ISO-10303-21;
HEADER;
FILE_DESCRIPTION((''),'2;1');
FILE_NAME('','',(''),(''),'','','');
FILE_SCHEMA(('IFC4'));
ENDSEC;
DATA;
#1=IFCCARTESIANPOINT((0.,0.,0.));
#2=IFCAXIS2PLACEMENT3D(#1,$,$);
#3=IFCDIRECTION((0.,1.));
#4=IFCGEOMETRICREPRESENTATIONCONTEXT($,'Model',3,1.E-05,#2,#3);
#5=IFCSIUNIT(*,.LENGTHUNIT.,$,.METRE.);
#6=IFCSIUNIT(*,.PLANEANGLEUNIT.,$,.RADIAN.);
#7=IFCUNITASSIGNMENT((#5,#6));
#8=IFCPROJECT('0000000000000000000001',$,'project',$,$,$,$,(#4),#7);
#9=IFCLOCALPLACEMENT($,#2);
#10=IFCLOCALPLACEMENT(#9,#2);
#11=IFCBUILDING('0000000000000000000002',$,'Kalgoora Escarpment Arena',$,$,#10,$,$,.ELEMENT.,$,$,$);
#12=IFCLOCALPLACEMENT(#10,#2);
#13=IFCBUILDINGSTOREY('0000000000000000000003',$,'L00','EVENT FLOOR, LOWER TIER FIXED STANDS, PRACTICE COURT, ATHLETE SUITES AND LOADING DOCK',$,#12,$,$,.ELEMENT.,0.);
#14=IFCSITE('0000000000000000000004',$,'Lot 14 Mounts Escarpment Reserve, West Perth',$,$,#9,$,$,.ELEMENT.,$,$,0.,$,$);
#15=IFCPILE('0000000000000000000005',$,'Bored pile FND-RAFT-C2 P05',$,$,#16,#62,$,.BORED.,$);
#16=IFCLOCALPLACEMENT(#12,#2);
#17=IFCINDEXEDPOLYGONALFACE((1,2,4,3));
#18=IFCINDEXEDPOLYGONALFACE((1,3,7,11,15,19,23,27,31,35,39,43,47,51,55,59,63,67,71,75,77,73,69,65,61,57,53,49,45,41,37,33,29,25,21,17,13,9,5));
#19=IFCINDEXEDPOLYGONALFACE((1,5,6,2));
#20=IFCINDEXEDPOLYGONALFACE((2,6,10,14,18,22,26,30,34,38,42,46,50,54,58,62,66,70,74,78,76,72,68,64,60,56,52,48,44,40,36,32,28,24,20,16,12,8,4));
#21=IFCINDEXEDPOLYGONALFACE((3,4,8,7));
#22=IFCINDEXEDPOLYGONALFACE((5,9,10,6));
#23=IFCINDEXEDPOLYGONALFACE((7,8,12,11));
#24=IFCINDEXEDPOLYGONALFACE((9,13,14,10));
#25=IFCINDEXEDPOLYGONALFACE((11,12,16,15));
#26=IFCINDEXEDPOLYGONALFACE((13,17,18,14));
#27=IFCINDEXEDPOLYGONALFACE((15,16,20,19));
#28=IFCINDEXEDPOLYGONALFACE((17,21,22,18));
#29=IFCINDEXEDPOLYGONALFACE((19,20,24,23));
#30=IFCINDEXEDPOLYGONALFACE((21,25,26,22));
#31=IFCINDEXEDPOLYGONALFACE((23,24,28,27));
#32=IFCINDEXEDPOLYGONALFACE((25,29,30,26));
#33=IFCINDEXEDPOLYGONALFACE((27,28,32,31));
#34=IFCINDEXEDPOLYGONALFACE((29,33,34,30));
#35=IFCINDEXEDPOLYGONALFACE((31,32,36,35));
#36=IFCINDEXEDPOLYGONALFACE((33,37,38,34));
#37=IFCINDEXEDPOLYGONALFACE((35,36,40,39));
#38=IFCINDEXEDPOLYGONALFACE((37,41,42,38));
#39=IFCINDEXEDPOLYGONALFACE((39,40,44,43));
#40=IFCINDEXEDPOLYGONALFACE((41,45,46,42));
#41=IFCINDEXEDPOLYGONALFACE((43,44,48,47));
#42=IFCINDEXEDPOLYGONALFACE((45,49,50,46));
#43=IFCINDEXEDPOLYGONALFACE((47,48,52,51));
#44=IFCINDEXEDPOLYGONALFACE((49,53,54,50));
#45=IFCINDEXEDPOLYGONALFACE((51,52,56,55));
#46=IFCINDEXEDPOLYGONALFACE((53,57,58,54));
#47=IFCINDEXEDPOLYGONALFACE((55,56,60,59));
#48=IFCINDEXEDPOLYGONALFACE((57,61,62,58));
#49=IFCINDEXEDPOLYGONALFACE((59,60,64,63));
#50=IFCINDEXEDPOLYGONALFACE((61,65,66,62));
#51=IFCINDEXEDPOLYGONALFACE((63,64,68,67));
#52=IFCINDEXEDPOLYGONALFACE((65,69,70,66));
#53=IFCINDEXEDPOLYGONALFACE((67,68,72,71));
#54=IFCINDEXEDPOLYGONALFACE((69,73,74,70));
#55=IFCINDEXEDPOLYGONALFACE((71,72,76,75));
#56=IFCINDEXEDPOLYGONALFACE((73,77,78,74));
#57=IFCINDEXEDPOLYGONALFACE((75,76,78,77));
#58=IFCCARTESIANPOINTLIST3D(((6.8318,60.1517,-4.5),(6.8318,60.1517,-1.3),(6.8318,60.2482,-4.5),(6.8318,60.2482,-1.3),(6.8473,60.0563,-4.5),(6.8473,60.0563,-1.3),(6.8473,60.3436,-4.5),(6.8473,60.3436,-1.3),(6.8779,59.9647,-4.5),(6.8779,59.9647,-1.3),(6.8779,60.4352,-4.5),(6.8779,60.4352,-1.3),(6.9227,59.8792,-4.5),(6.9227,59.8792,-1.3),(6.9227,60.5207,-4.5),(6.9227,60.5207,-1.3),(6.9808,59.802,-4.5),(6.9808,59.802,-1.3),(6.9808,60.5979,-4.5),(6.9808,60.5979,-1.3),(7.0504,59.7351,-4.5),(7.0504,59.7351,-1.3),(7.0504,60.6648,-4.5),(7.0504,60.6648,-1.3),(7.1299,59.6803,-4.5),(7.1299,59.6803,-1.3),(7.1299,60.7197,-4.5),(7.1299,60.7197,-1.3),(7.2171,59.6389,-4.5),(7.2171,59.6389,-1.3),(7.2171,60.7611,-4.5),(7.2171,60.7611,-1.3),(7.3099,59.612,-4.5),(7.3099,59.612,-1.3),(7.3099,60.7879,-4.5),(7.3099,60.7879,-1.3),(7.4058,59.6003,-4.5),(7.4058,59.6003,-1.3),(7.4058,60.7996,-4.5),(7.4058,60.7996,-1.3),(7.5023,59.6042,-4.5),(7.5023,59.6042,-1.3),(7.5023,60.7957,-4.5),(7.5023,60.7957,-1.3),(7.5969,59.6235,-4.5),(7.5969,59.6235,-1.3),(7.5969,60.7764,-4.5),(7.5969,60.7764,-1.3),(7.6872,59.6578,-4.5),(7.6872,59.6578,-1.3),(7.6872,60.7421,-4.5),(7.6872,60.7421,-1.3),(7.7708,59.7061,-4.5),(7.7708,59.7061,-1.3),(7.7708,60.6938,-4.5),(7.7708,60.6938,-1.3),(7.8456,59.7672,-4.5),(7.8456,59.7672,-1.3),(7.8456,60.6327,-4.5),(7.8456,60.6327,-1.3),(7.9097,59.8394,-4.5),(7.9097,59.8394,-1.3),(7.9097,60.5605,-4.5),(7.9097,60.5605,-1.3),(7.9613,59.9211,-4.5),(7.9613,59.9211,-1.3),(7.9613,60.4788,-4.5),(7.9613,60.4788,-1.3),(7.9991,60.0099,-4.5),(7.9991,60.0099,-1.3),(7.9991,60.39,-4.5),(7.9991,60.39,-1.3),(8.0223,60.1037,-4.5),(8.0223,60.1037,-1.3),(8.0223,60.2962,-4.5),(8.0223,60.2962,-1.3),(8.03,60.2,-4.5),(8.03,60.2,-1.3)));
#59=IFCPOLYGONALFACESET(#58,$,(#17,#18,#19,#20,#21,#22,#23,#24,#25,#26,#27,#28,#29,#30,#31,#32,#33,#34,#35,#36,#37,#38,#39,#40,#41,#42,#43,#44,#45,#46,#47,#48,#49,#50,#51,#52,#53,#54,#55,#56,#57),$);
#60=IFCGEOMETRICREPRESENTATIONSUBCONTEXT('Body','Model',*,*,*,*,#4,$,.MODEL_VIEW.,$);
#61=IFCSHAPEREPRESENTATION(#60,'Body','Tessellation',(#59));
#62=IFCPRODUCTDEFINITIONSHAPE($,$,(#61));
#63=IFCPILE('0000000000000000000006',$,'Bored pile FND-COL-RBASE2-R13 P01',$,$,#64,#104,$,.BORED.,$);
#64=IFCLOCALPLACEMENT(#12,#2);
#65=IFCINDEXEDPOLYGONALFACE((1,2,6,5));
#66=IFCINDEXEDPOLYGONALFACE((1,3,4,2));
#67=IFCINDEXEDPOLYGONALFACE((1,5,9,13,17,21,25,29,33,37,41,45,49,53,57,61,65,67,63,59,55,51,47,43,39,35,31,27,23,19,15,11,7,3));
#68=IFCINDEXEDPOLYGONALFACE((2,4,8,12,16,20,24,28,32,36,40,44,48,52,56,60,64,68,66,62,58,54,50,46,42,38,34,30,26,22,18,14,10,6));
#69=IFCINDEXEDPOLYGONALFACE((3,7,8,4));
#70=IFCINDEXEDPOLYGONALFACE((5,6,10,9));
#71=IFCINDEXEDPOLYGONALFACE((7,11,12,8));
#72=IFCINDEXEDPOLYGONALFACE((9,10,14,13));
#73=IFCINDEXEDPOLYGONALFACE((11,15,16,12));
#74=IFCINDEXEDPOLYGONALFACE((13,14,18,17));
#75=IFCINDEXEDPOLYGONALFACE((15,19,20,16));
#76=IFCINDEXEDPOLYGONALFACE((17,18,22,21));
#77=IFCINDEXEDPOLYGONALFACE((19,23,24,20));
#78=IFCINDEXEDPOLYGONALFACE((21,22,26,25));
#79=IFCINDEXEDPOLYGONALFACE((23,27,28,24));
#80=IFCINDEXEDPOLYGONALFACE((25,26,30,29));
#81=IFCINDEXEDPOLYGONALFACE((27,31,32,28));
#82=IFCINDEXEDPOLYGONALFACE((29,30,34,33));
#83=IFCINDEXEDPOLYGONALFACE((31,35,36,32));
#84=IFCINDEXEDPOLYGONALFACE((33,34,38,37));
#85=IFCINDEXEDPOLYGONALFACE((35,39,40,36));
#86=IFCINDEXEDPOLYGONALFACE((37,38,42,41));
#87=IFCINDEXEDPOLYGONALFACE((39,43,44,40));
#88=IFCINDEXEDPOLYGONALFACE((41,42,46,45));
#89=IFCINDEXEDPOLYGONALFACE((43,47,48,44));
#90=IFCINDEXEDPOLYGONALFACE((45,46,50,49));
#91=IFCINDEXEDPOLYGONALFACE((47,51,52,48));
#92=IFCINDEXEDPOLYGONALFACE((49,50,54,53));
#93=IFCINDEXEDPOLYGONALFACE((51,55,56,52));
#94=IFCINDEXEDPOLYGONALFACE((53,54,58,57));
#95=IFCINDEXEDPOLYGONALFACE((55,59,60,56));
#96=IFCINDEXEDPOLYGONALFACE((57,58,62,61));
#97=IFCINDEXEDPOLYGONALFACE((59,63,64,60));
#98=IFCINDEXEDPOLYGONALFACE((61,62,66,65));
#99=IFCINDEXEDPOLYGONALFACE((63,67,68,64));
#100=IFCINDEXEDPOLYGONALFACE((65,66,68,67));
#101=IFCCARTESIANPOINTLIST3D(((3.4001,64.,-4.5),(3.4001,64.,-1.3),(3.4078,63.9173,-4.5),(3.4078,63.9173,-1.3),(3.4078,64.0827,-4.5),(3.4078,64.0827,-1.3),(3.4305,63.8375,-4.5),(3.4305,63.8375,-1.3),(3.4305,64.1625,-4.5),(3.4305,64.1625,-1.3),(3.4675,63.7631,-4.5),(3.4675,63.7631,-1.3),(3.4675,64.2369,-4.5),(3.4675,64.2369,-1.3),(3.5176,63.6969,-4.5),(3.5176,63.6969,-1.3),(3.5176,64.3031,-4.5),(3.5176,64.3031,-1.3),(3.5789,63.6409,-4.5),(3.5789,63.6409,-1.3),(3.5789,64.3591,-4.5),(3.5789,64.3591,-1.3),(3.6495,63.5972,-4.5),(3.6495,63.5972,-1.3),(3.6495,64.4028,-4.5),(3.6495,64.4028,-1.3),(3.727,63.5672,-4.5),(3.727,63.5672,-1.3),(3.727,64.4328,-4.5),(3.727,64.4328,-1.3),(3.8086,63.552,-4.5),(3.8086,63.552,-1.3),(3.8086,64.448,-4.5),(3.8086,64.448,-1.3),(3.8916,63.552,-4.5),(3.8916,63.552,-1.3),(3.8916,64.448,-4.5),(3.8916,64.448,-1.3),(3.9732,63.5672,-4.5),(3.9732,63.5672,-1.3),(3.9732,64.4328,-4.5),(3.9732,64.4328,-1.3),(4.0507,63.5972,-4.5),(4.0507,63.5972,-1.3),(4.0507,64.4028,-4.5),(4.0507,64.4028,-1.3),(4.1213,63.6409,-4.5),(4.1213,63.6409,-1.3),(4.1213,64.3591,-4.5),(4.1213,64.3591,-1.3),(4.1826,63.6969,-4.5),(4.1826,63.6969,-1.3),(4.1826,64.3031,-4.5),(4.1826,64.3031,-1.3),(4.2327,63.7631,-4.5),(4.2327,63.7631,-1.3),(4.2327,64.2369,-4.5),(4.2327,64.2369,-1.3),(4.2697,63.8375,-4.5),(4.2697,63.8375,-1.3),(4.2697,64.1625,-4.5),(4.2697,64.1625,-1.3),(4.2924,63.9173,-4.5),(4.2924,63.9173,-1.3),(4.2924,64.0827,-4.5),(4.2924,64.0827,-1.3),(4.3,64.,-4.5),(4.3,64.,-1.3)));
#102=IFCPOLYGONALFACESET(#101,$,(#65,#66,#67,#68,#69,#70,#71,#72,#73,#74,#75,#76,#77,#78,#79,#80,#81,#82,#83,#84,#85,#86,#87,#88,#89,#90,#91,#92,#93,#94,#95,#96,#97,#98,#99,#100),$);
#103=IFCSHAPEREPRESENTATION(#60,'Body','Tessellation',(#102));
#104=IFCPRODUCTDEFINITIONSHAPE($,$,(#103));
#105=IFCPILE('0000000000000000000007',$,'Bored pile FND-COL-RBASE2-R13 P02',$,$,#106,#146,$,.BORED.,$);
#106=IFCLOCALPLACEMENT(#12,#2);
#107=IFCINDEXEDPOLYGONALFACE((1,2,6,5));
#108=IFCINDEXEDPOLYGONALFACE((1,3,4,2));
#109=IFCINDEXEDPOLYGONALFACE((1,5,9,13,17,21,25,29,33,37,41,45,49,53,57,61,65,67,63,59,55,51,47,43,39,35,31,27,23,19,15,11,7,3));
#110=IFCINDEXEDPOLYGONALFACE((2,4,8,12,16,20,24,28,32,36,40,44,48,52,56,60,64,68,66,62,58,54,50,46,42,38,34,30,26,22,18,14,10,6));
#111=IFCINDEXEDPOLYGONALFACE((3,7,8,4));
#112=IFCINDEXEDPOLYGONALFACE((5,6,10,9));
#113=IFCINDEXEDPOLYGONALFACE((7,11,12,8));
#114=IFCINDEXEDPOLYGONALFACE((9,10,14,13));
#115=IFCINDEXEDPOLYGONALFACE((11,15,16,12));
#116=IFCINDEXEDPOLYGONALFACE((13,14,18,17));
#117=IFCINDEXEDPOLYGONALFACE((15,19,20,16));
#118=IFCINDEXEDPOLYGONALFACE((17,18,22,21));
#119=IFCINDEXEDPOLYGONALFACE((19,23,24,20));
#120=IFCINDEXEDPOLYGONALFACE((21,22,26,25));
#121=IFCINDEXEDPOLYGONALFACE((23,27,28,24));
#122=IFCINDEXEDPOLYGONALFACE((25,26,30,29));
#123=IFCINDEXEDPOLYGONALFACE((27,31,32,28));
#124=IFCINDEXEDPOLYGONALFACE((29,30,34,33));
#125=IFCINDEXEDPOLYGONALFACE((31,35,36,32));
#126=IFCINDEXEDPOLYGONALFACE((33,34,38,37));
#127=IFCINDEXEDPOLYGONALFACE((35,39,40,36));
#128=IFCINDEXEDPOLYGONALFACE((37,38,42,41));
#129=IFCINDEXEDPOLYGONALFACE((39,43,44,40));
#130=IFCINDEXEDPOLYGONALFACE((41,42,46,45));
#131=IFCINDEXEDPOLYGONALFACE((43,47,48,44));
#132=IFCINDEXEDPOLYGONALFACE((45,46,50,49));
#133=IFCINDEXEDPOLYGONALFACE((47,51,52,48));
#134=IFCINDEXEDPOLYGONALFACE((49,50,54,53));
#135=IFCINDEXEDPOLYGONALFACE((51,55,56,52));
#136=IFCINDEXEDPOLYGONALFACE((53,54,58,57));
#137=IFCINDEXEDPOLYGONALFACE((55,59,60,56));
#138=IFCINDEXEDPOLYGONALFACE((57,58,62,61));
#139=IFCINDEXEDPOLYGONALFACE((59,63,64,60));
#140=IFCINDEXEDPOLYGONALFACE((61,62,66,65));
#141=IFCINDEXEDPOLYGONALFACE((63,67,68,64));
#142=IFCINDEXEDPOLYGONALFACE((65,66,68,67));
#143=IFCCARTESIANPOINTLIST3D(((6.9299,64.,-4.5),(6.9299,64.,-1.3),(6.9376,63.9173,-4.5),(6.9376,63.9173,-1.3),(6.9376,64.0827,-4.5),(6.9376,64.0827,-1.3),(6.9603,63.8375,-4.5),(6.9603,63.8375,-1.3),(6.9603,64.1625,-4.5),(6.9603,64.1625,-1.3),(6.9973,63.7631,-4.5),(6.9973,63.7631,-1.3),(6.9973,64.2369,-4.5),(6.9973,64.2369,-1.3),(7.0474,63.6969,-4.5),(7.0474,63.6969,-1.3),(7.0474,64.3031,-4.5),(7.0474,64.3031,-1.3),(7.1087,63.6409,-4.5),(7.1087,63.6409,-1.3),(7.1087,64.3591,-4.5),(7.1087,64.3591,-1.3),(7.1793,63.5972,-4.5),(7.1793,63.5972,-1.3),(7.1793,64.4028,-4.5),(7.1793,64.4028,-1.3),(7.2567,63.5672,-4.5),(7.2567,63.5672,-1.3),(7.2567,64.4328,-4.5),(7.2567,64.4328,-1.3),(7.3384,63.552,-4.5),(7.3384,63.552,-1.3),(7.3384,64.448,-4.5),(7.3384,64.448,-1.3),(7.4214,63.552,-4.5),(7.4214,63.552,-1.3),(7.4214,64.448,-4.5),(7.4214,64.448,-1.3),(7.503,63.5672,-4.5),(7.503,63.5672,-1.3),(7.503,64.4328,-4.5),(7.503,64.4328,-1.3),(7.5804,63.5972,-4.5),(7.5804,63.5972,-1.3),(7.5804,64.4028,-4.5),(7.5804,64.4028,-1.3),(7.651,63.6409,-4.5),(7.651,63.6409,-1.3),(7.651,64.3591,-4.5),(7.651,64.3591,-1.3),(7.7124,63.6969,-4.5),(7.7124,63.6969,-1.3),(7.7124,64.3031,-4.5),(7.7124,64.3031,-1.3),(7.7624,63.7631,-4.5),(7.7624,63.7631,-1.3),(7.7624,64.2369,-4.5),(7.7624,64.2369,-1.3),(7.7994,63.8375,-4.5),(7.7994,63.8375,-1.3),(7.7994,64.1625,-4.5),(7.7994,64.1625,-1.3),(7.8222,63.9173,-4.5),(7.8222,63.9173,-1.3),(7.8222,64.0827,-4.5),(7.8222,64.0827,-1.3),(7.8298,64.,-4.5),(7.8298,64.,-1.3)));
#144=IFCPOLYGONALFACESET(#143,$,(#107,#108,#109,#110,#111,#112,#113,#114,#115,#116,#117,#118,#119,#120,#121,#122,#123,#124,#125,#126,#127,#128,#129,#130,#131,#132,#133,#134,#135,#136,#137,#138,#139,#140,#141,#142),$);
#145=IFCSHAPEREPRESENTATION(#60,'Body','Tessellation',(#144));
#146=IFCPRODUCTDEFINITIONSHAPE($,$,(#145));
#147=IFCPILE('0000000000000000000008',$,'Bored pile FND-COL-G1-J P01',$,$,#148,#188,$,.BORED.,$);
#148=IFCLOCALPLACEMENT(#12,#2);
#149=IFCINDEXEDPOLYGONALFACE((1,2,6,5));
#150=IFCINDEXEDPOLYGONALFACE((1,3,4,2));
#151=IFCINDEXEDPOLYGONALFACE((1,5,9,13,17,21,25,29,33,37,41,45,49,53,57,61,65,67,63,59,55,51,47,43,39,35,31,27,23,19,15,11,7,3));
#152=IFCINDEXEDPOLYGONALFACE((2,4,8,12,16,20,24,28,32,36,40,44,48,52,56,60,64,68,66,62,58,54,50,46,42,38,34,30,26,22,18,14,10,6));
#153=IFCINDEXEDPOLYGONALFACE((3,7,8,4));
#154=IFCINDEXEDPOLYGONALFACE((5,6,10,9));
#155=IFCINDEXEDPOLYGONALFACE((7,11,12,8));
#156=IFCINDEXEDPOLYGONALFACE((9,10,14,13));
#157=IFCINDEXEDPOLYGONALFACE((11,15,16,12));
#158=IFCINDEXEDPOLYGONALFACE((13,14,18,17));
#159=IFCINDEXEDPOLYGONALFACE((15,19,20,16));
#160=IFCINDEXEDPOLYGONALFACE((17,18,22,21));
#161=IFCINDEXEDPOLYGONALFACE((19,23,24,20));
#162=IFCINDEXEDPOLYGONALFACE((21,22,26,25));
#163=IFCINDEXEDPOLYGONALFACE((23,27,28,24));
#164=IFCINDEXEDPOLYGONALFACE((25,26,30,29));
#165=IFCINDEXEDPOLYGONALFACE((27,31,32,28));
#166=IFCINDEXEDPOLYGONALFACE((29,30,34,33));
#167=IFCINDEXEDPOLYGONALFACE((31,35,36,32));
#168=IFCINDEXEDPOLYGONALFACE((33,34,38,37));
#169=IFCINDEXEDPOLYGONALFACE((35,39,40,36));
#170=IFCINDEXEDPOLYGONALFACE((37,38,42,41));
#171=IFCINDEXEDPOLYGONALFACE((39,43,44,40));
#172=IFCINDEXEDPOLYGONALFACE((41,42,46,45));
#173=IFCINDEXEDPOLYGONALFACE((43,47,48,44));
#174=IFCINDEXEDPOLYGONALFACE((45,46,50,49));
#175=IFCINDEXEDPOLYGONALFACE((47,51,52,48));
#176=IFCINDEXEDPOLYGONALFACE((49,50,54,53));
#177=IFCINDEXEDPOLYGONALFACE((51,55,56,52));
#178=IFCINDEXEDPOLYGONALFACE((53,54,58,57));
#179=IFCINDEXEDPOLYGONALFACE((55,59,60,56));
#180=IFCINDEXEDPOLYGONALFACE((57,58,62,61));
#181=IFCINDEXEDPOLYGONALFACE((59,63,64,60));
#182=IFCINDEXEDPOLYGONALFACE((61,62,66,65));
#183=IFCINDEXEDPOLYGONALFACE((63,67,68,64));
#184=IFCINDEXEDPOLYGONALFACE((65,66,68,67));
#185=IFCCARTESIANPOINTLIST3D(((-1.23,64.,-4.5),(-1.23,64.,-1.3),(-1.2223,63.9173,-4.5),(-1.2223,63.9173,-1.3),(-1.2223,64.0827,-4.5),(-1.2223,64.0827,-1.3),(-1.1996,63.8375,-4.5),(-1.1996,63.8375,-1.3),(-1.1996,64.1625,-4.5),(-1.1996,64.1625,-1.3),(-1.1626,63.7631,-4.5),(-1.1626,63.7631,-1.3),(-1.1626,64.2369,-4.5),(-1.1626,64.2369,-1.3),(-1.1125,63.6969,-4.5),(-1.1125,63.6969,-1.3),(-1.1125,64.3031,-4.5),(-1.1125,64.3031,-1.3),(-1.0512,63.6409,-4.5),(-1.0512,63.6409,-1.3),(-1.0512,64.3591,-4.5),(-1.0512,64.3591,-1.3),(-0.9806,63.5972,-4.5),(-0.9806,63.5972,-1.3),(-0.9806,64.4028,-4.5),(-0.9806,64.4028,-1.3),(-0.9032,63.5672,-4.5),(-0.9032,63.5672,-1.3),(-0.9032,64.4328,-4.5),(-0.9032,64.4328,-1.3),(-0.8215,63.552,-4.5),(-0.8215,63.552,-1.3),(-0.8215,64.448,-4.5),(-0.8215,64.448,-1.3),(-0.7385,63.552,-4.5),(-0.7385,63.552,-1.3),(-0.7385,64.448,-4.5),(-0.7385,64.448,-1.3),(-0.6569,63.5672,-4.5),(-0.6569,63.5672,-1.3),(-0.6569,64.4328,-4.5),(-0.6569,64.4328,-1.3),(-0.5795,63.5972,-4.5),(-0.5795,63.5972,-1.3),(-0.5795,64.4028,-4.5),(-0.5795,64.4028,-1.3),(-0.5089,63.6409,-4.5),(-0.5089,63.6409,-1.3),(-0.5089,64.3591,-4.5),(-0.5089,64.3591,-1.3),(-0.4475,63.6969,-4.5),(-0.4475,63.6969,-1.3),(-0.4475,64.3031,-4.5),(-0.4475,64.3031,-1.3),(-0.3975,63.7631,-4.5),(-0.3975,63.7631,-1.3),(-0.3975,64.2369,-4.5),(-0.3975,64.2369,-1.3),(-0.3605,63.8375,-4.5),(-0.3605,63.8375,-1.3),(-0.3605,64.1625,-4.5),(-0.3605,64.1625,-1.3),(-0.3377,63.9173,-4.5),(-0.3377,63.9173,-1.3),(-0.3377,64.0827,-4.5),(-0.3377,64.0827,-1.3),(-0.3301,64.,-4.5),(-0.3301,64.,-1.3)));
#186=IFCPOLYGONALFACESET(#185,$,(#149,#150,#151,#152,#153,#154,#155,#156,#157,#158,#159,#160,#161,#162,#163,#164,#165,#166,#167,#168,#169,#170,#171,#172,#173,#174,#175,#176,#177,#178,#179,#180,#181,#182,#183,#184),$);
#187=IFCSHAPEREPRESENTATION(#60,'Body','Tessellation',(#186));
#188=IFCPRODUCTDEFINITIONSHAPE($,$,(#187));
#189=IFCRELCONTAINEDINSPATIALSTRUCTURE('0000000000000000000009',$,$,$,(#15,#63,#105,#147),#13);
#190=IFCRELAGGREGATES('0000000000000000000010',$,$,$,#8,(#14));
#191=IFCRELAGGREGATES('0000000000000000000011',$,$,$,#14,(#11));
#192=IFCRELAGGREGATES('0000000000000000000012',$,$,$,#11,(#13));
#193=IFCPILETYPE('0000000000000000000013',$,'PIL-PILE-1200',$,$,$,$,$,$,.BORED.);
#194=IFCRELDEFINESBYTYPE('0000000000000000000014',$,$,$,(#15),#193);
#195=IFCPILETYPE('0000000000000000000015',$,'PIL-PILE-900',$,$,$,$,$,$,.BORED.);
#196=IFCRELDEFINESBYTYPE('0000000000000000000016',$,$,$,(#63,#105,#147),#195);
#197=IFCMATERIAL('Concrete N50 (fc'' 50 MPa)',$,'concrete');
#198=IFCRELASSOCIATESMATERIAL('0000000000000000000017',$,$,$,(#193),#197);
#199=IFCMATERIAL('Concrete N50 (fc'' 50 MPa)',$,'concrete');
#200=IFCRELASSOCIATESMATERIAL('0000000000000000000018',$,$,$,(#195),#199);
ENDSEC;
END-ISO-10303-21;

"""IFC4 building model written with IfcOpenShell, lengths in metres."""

from ifc_helpers import new_model, si_unit, direction, frame, origin, origin_2d, place, context, subcontext, project, spatial, circle, extrude, material, material_profile, profile_set, type_object, element, save


model = new_model("IFC4")

# Units and contexts
model_context = context("Model", 3, precision=1e-05, world=origin(), true_north=direction((0.0, 1.0)))
body_context = subcontext(model_context, "Body", "Model", "MODEL_VIEW")
ifc_project = project(units=[si_unit("LENGTHUNIT", "METRE"), si_unit("PLANEANGLEUNIT", "RADIAN")], contexts=[model_context])

# Site, building, storey
site_placement = place(None, origin())
site = spatial("IfcSite", under=ifc_project, at=site_placement, Name="Lot 14 Mounts Escarpment Reserve, West Perth", CompositionType="ELEMENT", RefElevation=0.0)
building_placement = place(site_placement, origin())
building = spatial("IfcBuilding", under=site, at=building_placement, Name="Kalgoora Escarpment Arena", CompositionType="ELEMENT")
storey_placement = place(building_placement, origin())
storey = spatial("IfcBuildingStorey", under=building, at=storey_placement, Name="L00", Description="EVENT FLOOR, LOWER TIER FIXED STANDS, PRACTICE COURT, ATHLETE SUITES AND LOADING DOCK", CompositionType="ELEMENT", Elevation=0.0)

# Piles
ifc_material_1 = material(Name="Concrete N50 (fc' 50 MPa)", Category="concrete")
ifc_material_profile_1 = material_profile(ifc_material_1, circle(Radius=0.6001, at=origin_2d()))
ifc_profile_set_1 = profile_set([ifc_material_profile_1], Name="Concrete N50 (fc' 50 MPa)")
pile_type_1 = type_object("IfcPileType", Name="PIL-PILE-1200", PredefinedType="BORED", material=ifc_profile_set_1)
for number, where, z_axis, x_axis, name in (
    (1, (7.4299, 60.2, -1.3), (0.0, 0.0, -1.0), (1.0, 0.0, 0.0), "Bored pile FND-RAFT-C2 P05"),
):
    element("IfcPile", number, at=place(storey_placement, frame(where, z_axis=z_axis, x_axis=x_axis)), inside=storey, type_object=pile_type_1, Name=name, PredefinedType="BORED", context=body_context, shape_type="SweptSolid", body=[
        extrude(circle(Radius=0.6001, at=origin_2d()), origin(), (0.0, 0.0, 1.0), 3.2),
    ])
ifc_material_2 = material(Name="Concrete N50 (fc' 50 MPa)", Category="concrete")
ifc_material_profile_2 = material_profile(ifc_material_2, circle(Radius=0.45, at=origin_2d()))
ifc_profile_set_2 = profile_set([ifc_material_profile_2], Name="Concrete N50 (fc' 50 MPa)")
pile_type_2 = type_object("IfcPileType", Name="PIL-PILE-900", PredefinedType="BORED", material=ifc_profile_set_2)
for number, where, z_axis, x_axis, name in (
    (2, (3.8501, 64.0, -1.3), (0.0, 0.0, -1.0), (1.0, 0.0, 0.0), "Bored pile FND-COL-RBASE2-R13 P01"),
    (3, (7.3799, 64.0, -1.3), (0.0, 0.0, -1.0), (1.0, 0.0, 0.0), "Bored pile FND-COL-RBASE2-R13 P02"),
    (4, (-0.78, 64.0, -1.3), (0.0, 0.0, -1.0), (1.0, 0.0, 0.0), "Bored pile FND-COL-G1-J P01"),
):
    element("IfcPile", number, at=place(storey_placement, frame(where, z_axis=z_axis, x_axis=x_axis)), inside=storey, type_object=pile_type_2, Name=name, PredefinedType="BORED", context=body_context, shape_type="SweptSolid", body=[
        extrude(circle(Radius=0.45, at=origin_2d()), origin(), (0.0, 0.0, 1.0), 3.2),
    ])

save(model, "model.ifc")
